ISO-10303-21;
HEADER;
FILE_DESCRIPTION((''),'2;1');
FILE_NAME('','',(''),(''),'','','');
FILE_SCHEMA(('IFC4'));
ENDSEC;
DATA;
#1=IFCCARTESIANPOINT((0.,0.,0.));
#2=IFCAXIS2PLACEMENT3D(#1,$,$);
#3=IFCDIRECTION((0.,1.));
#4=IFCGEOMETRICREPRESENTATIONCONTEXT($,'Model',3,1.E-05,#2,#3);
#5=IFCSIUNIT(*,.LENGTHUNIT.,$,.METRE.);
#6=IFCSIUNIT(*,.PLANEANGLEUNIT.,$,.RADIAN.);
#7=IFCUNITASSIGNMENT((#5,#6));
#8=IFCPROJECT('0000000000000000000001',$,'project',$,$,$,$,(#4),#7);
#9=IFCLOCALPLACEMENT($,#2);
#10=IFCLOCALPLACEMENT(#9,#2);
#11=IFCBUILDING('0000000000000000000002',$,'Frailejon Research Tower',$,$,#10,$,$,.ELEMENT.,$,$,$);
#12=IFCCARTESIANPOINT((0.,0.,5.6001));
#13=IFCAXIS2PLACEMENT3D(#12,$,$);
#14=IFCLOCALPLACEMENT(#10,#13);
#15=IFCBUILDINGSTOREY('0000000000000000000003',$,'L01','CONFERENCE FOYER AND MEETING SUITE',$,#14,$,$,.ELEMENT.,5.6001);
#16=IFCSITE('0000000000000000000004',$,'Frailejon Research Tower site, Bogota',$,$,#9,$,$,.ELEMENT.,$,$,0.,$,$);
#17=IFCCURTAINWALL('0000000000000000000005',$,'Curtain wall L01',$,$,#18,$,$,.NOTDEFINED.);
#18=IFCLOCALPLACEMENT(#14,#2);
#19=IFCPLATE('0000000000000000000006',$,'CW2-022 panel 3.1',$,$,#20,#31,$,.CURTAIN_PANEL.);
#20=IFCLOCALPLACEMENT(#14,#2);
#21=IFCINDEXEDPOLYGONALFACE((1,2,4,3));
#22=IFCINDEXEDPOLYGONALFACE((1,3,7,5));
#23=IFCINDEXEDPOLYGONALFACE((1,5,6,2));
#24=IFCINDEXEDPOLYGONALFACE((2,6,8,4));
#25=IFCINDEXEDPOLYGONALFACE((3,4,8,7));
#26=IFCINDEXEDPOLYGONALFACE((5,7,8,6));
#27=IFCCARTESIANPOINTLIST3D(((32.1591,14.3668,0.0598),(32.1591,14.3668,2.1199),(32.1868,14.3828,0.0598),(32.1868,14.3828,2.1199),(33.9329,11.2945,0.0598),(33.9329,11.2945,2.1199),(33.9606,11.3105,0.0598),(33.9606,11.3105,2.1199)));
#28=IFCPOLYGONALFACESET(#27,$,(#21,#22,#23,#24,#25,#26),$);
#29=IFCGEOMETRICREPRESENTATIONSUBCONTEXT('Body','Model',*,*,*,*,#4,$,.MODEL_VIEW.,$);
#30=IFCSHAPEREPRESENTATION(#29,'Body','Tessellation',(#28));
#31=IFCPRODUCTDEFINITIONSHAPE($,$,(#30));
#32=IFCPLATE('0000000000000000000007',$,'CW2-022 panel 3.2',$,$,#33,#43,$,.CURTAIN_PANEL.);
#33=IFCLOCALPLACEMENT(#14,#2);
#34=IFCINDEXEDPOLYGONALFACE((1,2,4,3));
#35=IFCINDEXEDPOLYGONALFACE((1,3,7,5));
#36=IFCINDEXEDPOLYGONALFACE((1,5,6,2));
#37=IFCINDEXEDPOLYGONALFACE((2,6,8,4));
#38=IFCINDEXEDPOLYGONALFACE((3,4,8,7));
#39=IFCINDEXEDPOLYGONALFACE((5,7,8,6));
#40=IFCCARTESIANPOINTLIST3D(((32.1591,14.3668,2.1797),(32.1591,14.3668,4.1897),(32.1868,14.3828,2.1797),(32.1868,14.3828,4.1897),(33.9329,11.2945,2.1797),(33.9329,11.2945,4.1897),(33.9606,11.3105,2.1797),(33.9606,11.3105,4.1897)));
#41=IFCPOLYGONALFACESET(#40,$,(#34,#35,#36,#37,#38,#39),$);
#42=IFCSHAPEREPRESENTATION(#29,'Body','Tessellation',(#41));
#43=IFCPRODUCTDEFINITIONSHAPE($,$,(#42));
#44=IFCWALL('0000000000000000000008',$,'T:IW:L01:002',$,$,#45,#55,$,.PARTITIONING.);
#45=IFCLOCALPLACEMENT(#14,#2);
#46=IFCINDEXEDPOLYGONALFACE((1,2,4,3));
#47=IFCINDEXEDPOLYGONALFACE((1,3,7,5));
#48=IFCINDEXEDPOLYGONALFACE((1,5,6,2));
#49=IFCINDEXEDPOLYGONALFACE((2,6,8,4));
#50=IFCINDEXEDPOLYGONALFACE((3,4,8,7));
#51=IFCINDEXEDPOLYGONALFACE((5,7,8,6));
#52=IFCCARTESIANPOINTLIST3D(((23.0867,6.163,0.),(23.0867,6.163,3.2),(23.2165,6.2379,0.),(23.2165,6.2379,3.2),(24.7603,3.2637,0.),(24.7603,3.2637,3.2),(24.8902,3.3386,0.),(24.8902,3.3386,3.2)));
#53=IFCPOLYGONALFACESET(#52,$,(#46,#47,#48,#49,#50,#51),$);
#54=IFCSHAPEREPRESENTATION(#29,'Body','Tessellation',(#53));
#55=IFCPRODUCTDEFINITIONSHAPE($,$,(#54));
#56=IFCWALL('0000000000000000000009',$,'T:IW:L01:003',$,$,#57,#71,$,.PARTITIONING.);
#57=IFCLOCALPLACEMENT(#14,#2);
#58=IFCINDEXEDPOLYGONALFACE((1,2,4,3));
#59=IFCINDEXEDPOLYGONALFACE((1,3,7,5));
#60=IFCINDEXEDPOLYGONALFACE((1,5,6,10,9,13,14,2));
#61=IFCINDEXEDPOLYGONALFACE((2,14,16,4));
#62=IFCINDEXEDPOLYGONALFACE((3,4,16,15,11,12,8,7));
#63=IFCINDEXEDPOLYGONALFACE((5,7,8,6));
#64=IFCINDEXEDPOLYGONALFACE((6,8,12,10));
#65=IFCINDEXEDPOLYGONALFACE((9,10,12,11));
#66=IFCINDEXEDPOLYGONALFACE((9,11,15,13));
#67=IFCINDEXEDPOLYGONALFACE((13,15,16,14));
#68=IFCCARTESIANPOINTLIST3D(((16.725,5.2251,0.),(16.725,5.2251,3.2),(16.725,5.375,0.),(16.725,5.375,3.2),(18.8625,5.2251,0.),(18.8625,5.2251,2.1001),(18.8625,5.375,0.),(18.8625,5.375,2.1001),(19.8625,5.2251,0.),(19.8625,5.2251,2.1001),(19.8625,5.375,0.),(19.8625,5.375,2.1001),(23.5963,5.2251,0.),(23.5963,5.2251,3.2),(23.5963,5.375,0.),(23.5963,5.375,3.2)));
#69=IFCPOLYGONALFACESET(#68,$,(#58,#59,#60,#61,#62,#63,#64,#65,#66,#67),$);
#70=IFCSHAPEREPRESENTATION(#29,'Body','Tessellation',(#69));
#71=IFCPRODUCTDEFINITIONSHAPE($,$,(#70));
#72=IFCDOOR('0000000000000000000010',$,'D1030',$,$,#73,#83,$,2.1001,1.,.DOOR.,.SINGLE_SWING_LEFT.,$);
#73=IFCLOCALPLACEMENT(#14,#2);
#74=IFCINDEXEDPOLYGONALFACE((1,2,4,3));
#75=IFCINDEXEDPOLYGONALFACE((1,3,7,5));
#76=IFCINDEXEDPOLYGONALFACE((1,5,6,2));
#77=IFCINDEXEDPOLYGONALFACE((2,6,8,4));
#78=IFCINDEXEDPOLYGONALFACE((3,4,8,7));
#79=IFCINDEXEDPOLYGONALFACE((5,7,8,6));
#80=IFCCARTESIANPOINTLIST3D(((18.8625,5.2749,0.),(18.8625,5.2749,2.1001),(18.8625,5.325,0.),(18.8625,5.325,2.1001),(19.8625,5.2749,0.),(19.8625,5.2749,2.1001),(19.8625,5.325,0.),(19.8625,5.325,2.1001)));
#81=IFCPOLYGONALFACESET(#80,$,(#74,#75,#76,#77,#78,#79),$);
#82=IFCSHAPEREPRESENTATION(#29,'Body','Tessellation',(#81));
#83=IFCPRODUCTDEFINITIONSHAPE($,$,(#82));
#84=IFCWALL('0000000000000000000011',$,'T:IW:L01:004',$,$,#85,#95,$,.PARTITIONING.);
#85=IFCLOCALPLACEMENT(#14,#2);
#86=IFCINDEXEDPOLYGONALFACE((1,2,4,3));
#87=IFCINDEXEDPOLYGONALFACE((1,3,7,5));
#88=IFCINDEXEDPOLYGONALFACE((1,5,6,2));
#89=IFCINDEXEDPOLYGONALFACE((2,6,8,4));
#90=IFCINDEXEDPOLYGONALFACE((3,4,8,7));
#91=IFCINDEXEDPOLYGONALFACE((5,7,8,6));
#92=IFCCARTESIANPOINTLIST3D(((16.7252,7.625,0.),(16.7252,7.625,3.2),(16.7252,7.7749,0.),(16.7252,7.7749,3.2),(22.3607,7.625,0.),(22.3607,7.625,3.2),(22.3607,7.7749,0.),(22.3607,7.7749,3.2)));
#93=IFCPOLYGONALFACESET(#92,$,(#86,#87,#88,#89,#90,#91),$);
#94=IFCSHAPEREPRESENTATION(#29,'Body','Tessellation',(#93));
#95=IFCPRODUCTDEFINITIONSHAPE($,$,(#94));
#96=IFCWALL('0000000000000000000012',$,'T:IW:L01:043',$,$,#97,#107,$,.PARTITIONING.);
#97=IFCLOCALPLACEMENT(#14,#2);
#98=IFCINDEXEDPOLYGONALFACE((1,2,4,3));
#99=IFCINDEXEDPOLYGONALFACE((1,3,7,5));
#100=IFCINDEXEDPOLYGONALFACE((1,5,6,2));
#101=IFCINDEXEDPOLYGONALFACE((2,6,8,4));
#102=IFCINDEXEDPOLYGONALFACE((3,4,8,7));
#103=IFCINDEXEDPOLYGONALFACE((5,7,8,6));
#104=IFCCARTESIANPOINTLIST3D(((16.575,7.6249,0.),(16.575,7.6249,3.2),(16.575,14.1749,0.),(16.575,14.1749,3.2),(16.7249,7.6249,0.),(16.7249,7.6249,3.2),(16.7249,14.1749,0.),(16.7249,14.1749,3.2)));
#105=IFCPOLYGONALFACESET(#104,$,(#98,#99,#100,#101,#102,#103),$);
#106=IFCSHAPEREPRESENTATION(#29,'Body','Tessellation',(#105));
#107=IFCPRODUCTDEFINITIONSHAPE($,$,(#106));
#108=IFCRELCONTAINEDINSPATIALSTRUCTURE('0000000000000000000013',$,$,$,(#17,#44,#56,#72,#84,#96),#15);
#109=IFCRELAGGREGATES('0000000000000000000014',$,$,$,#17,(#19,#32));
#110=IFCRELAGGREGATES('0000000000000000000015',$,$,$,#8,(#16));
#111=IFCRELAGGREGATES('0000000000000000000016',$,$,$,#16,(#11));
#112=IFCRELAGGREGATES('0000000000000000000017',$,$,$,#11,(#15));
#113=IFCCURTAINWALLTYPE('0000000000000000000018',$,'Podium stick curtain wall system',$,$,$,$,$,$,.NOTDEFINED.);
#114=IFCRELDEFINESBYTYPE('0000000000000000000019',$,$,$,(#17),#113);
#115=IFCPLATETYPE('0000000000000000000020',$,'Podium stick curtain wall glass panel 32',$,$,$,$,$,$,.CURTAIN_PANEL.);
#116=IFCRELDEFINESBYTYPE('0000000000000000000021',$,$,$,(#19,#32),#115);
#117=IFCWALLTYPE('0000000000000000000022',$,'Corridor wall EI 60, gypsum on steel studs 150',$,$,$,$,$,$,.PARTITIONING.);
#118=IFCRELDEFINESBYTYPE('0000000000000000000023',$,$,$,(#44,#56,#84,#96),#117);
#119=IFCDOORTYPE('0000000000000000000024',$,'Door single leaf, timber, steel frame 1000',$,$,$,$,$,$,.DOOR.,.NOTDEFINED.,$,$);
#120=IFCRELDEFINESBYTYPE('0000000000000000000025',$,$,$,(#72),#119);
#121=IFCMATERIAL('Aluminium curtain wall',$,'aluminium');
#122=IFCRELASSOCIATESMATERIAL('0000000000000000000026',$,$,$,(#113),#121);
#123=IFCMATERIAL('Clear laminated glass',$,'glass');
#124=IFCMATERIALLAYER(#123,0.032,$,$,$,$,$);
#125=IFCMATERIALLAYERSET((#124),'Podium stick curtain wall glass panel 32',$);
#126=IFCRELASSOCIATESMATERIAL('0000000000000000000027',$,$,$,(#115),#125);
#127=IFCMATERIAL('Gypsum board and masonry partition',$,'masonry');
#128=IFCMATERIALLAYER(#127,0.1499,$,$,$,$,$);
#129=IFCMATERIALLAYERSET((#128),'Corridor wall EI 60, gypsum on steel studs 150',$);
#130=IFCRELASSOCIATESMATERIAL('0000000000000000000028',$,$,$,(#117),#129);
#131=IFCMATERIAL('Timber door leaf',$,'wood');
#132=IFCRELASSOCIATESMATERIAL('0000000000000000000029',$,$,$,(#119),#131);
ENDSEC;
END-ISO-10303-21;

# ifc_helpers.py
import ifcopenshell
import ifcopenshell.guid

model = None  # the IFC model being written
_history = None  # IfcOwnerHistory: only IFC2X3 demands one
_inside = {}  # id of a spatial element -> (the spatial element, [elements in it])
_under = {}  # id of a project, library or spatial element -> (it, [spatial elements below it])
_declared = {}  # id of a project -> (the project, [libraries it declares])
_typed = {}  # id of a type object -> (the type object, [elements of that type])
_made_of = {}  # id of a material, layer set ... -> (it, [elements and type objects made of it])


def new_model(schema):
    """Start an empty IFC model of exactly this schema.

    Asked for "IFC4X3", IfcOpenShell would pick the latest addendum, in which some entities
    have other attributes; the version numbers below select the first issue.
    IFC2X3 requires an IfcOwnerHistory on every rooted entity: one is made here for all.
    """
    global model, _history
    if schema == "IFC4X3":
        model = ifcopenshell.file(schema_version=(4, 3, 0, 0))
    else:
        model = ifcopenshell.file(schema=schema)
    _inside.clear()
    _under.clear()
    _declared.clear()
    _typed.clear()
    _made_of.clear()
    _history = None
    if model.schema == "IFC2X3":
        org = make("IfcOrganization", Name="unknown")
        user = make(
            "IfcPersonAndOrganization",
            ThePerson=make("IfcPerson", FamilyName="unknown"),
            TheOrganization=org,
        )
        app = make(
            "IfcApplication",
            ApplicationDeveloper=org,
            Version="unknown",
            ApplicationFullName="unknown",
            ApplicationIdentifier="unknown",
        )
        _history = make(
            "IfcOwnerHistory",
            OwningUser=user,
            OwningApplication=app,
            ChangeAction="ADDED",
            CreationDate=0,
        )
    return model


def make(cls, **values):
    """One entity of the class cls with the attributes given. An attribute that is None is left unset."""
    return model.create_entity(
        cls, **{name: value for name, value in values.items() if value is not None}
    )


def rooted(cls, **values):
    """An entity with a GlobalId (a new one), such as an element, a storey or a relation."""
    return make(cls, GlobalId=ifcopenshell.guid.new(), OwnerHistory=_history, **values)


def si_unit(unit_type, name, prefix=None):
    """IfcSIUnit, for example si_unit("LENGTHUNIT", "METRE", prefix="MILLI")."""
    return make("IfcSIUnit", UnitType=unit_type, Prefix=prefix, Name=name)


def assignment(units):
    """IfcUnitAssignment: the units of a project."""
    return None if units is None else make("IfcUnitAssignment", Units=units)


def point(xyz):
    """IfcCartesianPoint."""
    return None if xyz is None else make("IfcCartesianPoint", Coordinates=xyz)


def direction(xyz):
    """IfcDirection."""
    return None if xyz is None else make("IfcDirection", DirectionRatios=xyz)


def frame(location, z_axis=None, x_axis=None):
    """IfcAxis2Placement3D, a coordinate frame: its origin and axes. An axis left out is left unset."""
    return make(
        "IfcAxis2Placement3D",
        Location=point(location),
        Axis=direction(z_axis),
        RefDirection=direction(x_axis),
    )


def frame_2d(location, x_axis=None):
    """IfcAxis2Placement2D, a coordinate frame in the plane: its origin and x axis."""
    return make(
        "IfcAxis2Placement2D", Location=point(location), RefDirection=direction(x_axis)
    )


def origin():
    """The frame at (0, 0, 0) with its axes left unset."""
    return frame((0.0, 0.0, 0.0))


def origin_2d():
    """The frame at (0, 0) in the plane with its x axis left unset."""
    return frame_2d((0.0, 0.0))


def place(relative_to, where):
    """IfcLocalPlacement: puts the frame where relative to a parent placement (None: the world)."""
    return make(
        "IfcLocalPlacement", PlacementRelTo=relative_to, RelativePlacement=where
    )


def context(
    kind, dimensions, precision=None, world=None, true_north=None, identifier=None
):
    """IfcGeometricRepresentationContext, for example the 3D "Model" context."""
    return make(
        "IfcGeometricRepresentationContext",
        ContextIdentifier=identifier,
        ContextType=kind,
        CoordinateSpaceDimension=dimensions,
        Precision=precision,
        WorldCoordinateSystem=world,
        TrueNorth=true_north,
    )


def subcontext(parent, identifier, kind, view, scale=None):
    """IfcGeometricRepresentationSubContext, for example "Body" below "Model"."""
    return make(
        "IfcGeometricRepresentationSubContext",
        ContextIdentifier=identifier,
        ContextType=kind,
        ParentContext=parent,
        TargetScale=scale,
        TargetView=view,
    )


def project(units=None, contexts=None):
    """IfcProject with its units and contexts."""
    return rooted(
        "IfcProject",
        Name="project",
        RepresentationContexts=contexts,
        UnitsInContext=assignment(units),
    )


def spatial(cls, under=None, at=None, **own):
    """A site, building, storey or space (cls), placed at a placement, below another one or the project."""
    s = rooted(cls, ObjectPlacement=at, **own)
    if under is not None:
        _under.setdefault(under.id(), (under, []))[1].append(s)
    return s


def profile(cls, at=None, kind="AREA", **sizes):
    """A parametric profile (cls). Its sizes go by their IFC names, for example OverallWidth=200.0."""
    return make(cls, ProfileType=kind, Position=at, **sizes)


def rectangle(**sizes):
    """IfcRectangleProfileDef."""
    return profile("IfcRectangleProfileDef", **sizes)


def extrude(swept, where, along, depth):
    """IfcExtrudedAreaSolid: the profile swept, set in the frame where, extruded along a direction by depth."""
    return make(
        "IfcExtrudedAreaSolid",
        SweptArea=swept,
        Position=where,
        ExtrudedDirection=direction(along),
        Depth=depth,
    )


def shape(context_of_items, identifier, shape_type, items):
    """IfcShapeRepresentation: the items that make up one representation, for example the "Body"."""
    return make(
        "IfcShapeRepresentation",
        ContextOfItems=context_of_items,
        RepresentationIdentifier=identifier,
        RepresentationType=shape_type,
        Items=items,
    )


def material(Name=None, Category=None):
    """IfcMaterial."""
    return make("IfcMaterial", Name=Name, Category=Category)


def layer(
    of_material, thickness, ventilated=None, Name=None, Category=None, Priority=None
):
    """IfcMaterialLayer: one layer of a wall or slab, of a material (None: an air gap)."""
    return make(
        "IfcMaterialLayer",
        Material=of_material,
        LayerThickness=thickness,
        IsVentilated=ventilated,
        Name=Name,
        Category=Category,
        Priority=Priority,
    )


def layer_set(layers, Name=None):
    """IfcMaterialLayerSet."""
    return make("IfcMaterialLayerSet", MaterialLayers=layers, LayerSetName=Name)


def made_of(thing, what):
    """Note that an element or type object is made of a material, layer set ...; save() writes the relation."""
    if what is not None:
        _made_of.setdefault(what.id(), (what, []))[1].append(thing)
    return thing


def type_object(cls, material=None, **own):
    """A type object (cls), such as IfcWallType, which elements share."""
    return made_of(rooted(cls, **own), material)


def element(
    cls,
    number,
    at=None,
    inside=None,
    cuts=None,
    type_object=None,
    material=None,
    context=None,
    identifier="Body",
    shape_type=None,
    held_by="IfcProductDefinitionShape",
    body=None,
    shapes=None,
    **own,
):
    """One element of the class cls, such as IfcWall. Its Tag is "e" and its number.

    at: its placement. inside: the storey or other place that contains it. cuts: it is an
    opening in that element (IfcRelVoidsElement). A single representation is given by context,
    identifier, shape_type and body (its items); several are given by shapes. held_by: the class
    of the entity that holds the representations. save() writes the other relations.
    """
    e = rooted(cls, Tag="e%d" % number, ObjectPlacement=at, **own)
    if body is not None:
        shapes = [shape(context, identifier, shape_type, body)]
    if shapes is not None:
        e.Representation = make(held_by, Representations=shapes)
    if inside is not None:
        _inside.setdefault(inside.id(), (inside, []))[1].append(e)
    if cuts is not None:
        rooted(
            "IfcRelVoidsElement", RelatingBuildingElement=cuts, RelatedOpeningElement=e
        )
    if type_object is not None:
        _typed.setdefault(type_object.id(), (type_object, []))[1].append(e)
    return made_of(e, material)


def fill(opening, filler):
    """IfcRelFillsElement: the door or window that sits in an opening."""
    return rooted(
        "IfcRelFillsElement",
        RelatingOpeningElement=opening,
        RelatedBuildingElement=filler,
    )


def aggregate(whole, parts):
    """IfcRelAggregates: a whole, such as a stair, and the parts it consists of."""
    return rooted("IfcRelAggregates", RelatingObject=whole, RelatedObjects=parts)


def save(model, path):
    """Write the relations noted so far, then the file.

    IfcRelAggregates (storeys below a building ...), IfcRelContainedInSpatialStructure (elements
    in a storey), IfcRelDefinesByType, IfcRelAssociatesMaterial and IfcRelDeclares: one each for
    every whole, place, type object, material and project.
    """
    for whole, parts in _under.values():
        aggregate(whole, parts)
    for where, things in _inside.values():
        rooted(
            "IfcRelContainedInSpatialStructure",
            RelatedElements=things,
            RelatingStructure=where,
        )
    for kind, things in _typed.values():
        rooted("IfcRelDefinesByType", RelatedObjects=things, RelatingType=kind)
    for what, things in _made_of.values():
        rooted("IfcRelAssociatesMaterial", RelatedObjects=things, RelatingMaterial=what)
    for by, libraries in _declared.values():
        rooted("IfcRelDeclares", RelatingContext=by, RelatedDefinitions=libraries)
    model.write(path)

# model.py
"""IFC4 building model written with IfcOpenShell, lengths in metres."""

from ifc_helpers import new_model, si_unit, direction, frame, frame_2d, origin, origin_2d, place, context, subcontext, project, spatial, rectangle, extrude, material, layer, layer_set, type_object, element, fill, aggregate, save


model = new_model("IFC4")

# Units and contexts
model_context = context("Model", 3, precision=1e-05, world=origin(), true_north=direction((0.0, 1.0)))
body_context = subcontext(model_context, "Body", "Model", "MODEL_VIEW")
ifc_project = project(units=[si_unit("LENGTHUNIT", "METRE"), si_unit("PLANEANGLEUNIT", "RADIAN")], contexts=[model_context])

# Site, building, storey
site_placement = place(None, origin())
site = spatial("IfcSite", under=ifc_project, at=site_placement, Name="Frailejon Research Tower site, Bogota", CompositionType="ELEMENT", RefElevation=0.0)
building_placement = place(site_placement, origin())
building = spatial("IfcBuilding", under=site, at=building_placement, Name="Frailejon Research Tower", CompositionType="ELEMENT")
storey_placement = place(building_placement, frame((0.0, 0.0, 5.6001)))
storey = spatial("IfcBuildingStorey", under=building, at=storey_placement, Name="L01", Description="CONFERENCE FOYER AND MEETING SUITE", CompositionType="ELEMENT", Elevation=5.6001)

# Curtain wall, plates
ifc_material_1 = material(Name="Aluminium curtain wall", Category="aluminium")
curtain_wall_type = type_object("IfcCurtainWallType", Name="Podium stick curtain wall system", PredefinedType="NOTDEFINED", material=ifc_material_1)
curtain_wall_placement = place(storey_placement, origin())
curtain_wall = element("IfcCurtainWall", 1, at=curtain_wall_placement, inside=storey, type_object=curtain_wall_type, Name="Curtain wall L01", PredefinedType="NOTDEFINED")
ifc_material_2 = material(Name="Clear laminated glass", Category="glass")
ifc_layer_1 = layer(ifc_material_2, 0.032)
ifc_layer_set_1 = layer_set([ifc_layer_1], Name="Podium stick curtain wall glass panel 32")
plate_type = type_object("IfcPlateType", Name="Podium stick curtain wall glass panel 32", PredefinedType="CURTAIN_PANEL", material=ifc_layer_set_1)
plate_1_placement = place(storey_placement, frame((33.0598, 12.8386, 0.0598), z_axis=(0.0, 0.0, 1.0), x_axis=(-0.499998, 0.866026, 0.0)))
plate_1 = element("IfcPlate", 2, at=plate_1_placement, type_object=plate_type, Name="CW2-022 panel 3.1", PredefinedType="CURTAIN_PANEL", context=body_context, shape_type="SweptSolid", body=[
    extrude(rectangle(XDim=3.5476, YDim=0.032, at=origin_2d()), origin(), (0.0, 0.0, 1.0), 2.0601),
])
plate_2_placement = place(storey_placement, frame((33.0598, 12.8386, 2.1797), z_axis=(0.0, 0.0, 1.0), x_axis=(-0.499998, 0.866026, 0.0)))
plate_2 = element("IfcPlate", 3, at=plate_2_placement, type_object=plate_type, Name="CW2-022 panel 3.2", PredefinedType="CURTAIN_PANEL", context=body_context, shape_type="SweptSolid", body=[
    extrude(rectangle(XDim=3.5476, YDim=0.032, at=origin_2d()), origin(), (0.0, 0.0, 1.0), 2.01),
])
aggregate(curtain_wall, [plate_1, plate_2])

# Wall
ifc_material_3 = material(Name="Gypsum board and masonry partition", Category="masonry")
ifc_layer_2 = layer(ifc_material_3, 0.1499)
ifc_layer_set_2 = layer_set([ifc_layer_2], Name="Corridor wall EI 60, gypsum on steel studs 150")
wall_type = type_object("IfcWallType", Name="Corridor wall EI 60, gypsum on steel studs 150", PredefinedType="PARTITIONING", material=ifc_layer_set_2)
wall_1_placement = place(storey_placement, frame((23.1516, 6.2004, 0.0), z_axis=(0.0, 0.0, 1.0), x_axis=(0.499943, -0.866058, 0.0)))
element("IfcWall", 4, at=wall_1_placement, inside=storey, type_object=wall_type, Name="T:IW:L01:002", PredefinedType="PARTITIONING", context=body_context, shape_type="SweptSolid", body=[
    extrude(rectangle(XDim=3.3477, YDim=0.1499, at=frame_2d((1.6738, 0.0))), origin(), (0.0, 0.0, 1.0), 3.2),
])

# Wall, opening, door
wall_2_placement = place(storey_placement, frame((16.7251, 5.3, 0.0), z_axis=(0.0, 0.0, 1.0), x_axis=(1.0, 0.0, 0.0)))
wall_2 = element("IfcWall", 5, at=wall_2_placement, inside=storey, type_object=wall_type, Name="T:IW:L01:003", PredefinedType="PARTITIONING", context=body_context, shape_type="SweptSolid", body=[
    extrude(rectangle(XDim=6.8713, YDim=0.1499, at=frame_2d((3.4355, 0.0))), origin(), (0.0, 0.0, 1.0), 3.2),
])
opening_placement = place(wall_2_placement, frame((2.1375, 0.0, 0.0)))
opening = element("IfcOpeningElement", 6, at=opening_placement, cuts=wall_2, PredefinedType="OPENING", context=body_context, shape_type="SweptSolid", body=[
    extrude(rectangle(XDim=1.0, YDim=2.1001, at=frame_2d((0.5, 1.05))), frame((0.0, 0.085, 0.0), z_axis=(0.0, -1.0, 0.0), x_axis=(1.0, 0.0, 0.0)), (0.0, 0.0, 1.0), 0.1699),
])
ifc_material_4 = material(Name="Timber door leaf", Category="wood")
door_type = type_object("IfcDoorType", Name="Door single leaf, timber, steel frame 1000", OperationType="NOTDEFINED", PredefinedType="DOOR", material=ifc_material_4)
door_placement = place(opening_placement, origin())
door = element("IfcDoor", 7, at=door_placement, inside=storey, type_object=door_type, Name="D1030", OperationType="SINGLE_SWING_LEFT", OverallHeight=2.1001, OverallWidth=1.0, PredefinedType="DOOR", context=body_context, shape_type="SweptSolid", body=[
    extrude(rectangle(XDim=1.0, YDim=2.1001, at=frame_2d((0.5, 1.05))), frame((0.0, 0.0249, 0.0), z_axis=(0.0, -1.0, 0.0), x_axis=(1.0, 0.0, 0.0)), (0.0, 0.0, 1.0), 0.05),
])
fill(opening, door)

# Walls
wall_3_placement = place(storey_placement, frame((16.7251, 7.7, 0.0), z_axis=(0.0, 0.0, 1.0), x_axis=(1.0, 0.0, 0.0)))
element("IfcWall", 8, at=wall_3_placement, inside=storey, type_object=wall_type, Name="T:IW:L01:004", PredefinedType="PARTITIONING", context=body_context, shape_type="SweptSolid", body=[
    extrude(rectangle(XDim=5.6355, YDim=0.1499, at=frame_2d((2.8179, 0.0))), origin(), (0.0, 0.0, 1.0), 3.2),
])
wall_4_placement = place(storey_placement, frame((16.6499, 7.625, 0.0), z_axis=(0.0, 0.0, 1.0), x_axis=(0.0, 1.0, 0.0)))
element("IfcWall", 9, at=wall_4_placement, inside=storey, type_object=wall_type, Name="T:IW:L01:043", PredefinedType="PARTITIONING", context=body_context, shape_type="SweptSolid", body=[
    extrude(rectangle(XDim=6.55, YDim=0.1499, at=frame_2d((3.2749, 0.0))), origin(), (0.0, 0.0, 1.0), 3.2),
])

save(model, "model.ifc")
